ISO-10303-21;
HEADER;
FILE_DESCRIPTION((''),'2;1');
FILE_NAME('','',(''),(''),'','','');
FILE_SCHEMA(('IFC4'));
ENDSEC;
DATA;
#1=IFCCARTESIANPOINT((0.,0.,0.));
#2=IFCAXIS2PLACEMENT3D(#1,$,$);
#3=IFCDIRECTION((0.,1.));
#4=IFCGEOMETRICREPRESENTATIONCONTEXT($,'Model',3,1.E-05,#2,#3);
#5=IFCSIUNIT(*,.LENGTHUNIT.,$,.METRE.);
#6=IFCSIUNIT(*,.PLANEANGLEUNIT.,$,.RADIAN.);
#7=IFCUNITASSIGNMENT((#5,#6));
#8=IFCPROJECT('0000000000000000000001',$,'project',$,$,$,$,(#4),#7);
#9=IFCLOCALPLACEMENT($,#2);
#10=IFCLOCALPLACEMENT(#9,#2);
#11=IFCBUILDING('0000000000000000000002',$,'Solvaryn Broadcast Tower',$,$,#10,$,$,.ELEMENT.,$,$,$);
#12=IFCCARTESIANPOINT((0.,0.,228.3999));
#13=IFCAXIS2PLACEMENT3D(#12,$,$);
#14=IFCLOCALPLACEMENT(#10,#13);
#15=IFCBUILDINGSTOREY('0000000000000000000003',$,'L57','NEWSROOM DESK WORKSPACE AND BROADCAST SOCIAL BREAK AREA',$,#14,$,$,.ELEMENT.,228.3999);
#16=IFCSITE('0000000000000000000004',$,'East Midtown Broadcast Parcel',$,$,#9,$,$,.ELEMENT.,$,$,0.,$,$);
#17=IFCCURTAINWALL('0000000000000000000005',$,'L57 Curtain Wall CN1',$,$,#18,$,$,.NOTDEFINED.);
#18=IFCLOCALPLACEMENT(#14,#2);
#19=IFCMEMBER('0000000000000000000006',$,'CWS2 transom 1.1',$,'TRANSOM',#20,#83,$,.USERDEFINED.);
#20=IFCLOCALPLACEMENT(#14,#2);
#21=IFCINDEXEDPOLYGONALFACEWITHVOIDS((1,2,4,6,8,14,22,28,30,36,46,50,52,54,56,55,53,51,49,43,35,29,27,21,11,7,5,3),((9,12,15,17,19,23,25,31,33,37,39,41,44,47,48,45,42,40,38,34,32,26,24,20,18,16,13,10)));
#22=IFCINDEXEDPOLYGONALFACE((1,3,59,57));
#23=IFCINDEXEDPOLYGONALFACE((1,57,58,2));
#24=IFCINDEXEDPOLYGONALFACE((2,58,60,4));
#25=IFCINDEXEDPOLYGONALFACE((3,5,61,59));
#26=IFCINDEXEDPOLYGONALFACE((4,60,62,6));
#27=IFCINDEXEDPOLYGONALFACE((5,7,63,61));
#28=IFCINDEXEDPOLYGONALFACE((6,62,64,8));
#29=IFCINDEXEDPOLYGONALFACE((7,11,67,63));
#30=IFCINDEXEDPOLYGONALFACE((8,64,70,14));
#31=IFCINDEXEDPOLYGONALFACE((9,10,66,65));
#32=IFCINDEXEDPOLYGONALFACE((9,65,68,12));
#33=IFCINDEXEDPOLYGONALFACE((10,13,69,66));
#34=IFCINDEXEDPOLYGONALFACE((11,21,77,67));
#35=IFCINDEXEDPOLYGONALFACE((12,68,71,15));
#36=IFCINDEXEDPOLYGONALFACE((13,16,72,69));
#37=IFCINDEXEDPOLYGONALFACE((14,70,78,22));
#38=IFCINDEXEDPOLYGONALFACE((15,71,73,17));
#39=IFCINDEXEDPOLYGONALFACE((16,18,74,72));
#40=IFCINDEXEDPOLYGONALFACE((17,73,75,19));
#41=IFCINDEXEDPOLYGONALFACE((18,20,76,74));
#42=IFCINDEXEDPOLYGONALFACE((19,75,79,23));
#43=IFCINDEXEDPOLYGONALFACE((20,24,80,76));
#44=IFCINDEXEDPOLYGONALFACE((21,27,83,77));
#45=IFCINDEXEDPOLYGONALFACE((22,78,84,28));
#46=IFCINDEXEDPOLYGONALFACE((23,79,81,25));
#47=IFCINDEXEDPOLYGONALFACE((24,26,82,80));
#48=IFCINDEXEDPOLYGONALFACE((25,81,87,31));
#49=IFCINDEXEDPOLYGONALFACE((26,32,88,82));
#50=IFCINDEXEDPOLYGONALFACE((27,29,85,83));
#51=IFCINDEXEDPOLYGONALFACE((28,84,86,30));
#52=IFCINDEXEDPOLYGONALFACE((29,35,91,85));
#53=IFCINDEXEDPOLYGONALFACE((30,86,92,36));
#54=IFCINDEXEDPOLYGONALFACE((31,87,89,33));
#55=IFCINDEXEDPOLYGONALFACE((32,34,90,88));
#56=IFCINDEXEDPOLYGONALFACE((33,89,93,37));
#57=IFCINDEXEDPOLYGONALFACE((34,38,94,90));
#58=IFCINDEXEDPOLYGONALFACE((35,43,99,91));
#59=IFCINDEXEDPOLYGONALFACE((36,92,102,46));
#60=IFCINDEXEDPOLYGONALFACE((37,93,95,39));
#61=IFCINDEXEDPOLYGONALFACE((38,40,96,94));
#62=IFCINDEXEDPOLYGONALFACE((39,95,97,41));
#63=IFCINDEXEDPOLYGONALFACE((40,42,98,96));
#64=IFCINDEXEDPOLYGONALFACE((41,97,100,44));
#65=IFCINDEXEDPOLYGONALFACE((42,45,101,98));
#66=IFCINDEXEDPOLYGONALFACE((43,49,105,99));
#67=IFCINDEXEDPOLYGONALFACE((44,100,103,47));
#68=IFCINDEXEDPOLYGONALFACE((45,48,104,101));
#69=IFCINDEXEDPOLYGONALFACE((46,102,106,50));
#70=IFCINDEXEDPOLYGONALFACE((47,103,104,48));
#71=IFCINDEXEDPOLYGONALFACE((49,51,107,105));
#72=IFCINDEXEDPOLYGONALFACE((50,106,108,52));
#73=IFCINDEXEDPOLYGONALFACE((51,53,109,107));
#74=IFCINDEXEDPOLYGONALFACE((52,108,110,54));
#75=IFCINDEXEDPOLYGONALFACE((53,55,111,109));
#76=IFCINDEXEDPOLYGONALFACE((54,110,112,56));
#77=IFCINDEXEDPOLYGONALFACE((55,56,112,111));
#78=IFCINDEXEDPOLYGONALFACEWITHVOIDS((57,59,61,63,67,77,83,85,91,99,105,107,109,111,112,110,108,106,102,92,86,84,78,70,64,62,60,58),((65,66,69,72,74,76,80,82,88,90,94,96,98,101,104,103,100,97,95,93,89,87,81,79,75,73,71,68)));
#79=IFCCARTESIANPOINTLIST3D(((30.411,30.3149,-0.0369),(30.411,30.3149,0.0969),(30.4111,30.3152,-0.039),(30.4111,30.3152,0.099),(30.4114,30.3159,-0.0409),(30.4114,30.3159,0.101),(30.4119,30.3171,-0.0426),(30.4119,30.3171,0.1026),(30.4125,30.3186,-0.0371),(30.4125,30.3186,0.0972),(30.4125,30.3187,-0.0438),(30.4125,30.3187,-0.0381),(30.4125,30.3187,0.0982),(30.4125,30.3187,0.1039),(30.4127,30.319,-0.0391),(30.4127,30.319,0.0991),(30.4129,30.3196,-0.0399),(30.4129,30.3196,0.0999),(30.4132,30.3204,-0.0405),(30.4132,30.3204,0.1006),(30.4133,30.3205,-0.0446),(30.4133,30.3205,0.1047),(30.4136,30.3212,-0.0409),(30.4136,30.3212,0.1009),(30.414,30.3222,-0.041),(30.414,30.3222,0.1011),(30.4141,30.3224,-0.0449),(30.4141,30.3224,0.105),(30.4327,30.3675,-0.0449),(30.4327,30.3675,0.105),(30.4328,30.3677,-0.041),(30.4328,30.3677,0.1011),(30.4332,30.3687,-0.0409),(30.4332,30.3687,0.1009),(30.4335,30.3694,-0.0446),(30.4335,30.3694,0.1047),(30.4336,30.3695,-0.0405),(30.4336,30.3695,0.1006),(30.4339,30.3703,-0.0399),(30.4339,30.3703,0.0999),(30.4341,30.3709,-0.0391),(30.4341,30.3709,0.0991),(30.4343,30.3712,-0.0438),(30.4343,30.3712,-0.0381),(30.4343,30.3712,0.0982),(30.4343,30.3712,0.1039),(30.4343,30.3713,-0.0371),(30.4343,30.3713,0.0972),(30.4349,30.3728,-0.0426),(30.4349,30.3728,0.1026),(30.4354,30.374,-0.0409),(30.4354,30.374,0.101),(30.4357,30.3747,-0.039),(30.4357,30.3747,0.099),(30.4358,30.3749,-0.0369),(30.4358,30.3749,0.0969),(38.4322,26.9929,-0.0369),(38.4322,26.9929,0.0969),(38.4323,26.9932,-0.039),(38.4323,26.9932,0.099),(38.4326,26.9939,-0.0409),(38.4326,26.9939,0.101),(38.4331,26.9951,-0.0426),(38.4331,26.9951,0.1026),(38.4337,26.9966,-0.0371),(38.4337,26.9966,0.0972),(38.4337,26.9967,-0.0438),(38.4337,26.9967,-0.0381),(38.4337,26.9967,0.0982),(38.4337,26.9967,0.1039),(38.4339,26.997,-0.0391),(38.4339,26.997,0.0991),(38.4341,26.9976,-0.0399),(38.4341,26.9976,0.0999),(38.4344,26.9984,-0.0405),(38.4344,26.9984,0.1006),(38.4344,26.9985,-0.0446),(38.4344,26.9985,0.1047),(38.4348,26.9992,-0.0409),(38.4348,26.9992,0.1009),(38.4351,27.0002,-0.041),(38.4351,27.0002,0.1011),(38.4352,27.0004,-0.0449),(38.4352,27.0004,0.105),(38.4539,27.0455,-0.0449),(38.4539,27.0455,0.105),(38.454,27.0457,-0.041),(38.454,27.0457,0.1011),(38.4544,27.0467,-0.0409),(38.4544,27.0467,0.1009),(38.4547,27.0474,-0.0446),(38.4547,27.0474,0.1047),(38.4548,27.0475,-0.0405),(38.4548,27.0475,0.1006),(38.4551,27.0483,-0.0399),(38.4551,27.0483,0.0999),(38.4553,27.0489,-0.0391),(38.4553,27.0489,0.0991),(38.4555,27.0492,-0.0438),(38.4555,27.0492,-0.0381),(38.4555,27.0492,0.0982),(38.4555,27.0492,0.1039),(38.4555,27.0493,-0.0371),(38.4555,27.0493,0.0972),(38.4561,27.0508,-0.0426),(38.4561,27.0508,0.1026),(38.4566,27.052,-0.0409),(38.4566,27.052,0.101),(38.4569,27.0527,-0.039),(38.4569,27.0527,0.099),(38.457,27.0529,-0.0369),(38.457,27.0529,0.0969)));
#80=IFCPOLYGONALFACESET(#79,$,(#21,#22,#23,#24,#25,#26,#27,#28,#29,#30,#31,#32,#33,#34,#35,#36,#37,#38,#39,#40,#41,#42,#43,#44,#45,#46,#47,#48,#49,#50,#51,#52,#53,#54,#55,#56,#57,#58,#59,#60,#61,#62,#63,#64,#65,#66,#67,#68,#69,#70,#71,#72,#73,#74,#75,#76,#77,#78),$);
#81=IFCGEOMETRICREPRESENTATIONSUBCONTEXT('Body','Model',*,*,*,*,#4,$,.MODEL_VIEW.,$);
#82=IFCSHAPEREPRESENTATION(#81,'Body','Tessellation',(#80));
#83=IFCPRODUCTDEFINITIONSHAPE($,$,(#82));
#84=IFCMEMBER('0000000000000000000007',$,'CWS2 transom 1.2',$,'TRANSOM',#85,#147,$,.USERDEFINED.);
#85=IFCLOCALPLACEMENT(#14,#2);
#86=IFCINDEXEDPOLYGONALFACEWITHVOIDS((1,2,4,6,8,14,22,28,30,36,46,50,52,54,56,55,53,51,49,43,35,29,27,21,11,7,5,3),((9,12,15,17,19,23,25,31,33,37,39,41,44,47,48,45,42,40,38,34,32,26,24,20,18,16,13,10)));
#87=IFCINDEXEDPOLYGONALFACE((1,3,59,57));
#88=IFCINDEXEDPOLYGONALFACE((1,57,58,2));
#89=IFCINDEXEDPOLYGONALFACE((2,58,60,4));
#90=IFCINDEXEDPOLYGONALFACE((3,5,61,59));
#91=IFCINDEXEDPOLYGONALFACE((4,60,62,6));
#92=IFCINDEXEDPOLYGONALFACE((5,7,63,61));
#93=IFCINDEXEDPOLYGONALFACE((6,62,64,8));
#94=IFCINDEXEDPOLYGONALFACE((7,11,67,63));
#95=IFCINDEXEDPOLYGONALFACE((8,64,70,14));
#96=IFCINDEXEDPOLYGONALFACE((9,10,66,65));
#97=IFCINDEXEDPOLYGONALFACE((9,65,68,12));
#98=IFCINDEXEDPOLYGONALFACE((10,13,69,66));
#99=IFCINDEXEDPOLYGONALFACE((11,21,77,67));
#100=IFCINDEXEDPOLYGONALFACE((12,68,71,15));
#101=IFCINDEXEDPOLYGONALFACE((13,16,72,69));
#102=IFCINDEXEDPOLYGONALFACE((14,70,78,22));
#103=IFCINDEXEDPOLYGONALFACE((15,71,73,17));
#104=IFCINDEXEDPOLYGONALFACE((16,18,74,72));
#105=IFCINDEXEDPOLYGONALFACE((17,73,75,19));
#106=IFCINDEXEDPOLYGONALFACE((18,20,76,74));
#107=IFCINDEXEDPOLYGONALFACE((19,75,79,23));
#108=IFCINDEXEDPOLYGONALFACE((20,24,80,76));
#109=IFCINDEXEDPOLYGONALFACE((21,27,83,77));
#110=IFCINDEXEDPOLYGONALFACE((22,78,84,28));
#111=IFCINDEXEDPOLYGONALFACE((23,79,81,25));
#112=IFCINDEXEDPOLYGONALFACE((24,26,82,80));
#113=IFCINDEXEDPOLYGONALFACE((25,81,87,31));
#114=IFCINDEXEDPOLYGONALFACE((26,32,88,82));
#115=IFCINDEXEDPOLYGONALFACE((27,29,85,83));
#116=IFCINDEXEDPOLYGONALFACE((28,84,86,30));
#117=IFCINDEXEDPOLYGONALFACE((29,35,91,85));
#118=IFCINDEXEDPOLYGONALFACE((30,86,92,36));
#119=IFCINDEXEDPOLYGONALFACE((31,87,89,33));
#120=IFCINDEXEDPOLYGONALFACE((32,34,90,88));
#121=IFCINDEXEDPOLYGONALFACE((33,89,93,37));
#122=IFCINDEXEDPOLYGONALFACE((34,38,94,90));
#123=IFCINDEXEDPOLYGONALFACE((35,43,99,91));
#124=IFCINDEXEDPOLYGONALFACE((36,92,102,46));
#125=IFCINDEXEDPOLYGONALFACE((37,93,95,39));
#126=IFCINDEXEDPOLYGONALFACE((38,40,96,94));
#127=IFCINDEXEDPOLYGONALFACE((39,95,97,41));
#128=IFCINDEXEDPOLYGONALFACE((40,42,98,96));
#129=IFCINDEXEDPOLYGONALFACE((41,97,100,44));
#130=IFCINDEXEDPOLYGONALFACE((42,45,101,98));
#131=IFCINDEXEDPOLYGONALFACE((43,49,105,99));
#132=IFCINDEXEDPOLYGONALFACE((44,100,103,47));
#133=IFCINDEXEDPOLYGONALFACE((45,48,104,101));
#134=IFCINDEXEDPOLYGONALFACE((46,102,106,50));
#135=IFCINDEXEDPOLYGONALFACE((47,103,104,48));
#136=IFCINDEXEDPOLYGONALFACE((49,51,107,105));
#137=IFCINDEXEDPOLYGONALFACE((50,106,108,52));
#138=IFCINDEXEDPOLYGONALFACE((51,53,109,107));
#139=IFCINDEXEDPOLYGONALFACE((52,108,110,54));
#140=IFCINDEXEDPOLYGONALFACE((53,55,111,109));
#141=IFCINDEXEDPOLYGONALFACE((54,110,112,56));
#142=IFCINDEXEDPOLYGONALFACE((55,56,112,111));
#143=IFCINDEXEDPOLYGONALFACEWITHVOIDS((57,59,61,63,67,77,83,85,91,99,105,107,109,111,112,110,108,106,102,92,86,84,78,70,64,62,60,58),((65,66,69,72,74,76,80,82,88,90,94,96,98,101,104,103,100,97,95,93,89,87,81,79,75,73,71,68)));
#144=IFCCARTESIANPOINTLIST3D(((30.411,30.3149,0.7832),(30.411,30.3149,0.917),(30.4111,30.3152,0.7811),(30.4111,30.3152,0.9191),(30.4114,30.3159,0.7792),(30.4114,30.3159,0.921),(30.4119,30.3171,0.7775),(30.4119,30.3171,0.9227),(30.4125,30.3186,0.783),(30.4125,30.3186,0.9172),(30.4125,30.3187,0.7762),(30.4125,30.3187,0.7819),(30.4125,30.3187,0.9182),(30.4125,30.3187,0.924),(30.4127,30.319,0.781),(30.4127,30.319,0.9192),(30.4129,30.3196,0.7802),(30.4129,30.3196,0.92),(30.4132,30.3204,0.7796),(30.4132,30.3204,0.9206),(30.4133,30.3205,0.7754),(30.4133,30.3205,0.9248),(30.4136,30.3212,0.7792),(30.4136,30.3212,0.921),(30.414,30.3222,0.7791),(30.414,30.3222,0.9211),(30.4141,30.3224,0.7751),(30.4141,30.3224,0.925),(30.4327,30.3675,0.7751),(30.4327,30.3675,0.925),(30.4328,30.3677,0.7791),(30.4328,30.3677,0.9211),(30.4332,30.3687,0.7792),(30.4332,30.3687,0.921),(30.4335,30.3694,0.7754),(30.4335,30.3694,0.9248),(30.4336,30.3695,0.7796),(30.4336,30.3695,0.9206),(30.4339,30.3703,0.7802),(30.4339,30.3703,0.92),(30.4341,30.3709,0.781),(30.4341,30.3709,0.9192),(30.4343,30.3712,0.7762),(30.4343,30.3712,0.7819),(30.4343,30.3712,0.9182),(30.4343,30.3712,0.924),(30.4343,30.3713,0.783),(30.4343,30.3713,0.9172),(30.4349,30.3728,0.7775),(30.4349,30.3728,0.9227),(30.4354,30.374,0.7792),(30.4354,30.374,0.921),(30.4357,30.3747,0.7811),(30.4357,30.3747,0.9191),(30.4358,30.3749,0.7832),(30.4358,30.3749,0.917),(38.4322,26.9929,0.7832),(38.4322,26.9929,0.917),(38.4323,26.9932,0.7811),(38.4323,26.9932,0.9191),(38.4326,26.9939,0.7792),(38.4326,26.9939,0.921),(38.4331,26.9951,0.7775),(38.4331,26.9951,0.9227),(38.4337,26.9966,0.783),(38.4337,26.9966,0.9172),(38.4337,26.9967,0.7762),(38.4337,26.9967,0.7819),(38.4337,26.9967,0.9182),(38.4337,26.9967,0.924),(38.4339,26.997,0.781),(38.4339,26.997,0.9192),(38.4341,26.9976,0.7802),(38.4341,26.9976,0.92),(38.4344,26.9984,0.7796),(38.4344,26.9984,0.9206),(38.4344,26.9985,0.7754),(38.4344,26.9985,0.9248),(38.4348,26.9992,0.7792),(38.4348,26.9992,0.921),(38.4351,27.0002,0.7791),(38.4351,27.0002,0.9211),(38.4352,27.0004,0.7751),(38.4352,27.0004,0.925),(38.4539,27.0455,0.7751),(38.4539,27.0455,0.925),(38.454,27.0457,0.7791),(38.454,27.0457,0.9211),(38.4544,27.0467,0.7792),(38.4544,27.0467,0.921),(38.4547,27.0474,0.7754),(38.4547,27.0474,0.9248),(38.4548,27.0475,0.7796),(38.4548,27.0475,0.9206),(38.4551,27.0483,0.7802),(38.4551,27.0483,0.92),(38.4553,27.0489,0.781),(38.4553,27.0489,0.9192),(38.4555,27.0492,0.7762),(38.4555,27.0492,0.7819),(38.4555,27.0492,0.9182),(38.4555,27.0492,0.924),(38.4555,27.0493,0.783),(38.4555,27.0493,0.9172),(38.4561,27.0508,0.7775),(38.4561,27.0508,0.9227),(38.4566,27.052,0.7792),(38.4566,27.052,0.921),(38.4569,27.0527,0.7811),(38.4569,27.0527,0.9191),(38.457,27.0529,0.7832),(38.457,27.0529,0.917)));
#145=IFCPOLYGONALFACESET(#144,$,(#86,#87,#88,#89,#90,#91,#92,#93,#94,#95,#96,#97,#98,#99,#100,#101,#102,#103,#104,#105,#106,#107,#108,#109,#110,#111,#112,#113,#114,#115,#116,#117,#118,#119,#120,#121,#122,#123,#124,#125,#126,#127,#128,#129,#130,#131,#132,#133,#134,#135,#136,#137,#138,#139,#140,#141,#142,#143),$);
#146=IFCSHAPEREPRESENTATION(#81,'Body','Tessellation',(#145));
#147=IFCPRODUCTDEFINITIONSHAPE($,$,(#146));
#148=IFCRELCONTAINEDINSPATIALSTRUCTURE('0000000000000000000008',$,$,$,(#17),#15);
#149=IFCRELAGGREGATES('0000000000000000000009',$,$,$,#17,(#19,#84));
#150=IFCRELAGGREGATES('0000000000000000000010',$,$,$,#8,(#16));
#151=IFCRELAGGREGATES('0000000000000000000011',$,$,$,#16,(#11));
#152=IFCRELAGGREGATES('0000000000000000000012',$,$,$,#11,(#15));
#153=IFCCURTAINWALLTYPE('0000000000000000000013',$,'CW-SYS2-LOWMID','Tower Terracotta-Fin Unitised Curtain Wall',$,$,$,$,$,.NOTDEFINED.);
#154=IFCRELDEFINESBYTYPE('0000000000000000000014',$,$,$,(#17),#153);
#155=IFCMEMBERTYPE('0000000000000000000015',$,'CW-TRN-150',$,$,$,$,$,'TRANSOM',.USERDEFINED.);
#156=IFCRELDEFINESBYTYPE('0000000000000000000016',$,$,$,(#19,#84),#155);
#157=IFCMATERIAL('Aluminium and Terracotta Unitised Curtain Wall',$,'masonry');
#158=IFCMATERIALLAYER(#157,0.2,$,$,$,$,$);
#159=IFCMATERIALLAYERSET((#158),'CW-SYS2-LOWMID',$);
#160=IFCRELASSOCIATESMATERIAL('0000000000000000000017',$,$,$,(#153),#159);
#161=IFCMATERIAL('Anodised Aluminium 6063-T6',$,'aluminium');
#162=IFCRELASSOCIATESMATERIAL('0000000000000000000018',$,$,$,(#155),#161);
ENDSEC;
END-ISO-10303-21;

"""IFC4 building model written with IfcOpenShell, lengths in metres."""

from ifc_helpers import new_model, si_unit, direction, frame, origin, origin_2d, place, context, subcontext, project, spatial, hollow_rectangle, extrude, material, layer, layer_set, material_profile, profile_set, type_object, element, aggregate, save


model = new_model("IFC4")

# Units and contexts
model_context = context("Model", 3, precision=1e-05, world=origin(), true_north=direction((0.0, 1.0)))
body_context = subcontext(model_context, "Body", "Model", "MODEL_VIEW")
ifc_project = project(units=[si_unit("LENGTHUNIT", "METRE"), si_unit("PLANEANGLEUNIT", "RADIAN")], contexts=[model_context])

# Site, building, storey
site_placement = place(None, origin())
site = spatial("IfcSite", under=ifc_project, at=site_placement, Name="East Midtown Broadcast Parcel", CompositionType="ELEMENT", RefElevation=0.0)
building_placement = place(site_placement, origin())
building = spatial("IfcBuilding", under=site, at=building_placement, Name="Solvaryn Broadcast Tower", CompositionType="ELEMENT")
storey_placement = place(building_placement, frame((0.0, 0.0, 228.3999)))
storey = spatial("IfcBuildingStorey", under=building, at=storey_placement, Name="L57", Description="NEWSROOM DESK WORKSPACE AND BROADCAST SOCIAL BREAK AREA", CompositionType="ELEMENT", Elevation=228.3999)

# Curtain wall
ifc_material_1 = material(Name="Aluminium and Terracotta Unitised Curtain Wall", Category="masonry")
ifc_layer_1 = layer(ifc_material_1, 0.2)
ifc_layer_set_1 = layer_set([ifc_layer_1], Name="CW-SYS2-LOWMID")
curtain_wall_type = type_object("IfcCurtainWallType", Name="CW-SYS2-LOWMID", Description="Tower Terracotta-Fin Unitised Curtain Wall", PredefinedType="NOTDEFINED", material=ifc_layer_set_1)
curtain_wall_1_placement = place(storey_placement, origin())
curtain_wall_1 = element("IfcCurtainWall", 1, at=curtain_wall_1_placement, inside=storey, type_object=curtain_wall_type, Name="L57 Curtain Wall CN1", PredefinedType="NOTDEFINED")

# Members
ifc_material_2 = material(Name="Anodised Aluminium 6063-T6", Category="aluminium")
ifc_material_profile_1 = material_profile(ifc_material_2, hollow_rectangle(XDim=0.0649, YDim=0.1499, WallThickness=0.0039, InnerFilletRadius=0.0039, OuterFilletRadius=0.0081, at=origin_2d()))
ifc_profile_set_1 = profile_set([ifc_material_profile_1], Name="Anodised Aluminium 6063-T6")
member_type_1 = type_object("IfcMemberType", Name="CW-TRN-150", ElementType="TRANSOM", PredefinedType="USERDEFINED", material=ifc_profile_set_1)
member_1_placement = place(storey_placement, frame((38.4446, 27.0229, 0.03), z_axis=(-0.923899, 0.382636, 0.0), x_axis=(-0.382636, -0.923899, 0.0)))
member_1 = element("IfcMember", 2, at=member_1_placement, type_object=member_type_1, Name="CWS2 transom 1.1", ObjectType="TRANSOM", PredefinedType="USERDEFINED", context=body_context, shape_type="SweptSolid", body=[
    extrude(hollow_rectangle(XDim=0.0649, YDim=0.1499, WallThickness=0.0039, InnerFilletRadius=0.0039, OuterFilletRadius=0.0081, at=origin_2d()), origin(), (0.0, 0.0, 1.0), 8.6819),
])
member_2_placement = place(storey_placement, frame((38.4446, 27.0229, 0.8501), z_axis=(-0.923899, 0.382636, 0.0), x_axis=(-0.382636, -0.923899, 0.0)))
member_2 = element("IfcMember", 3, at=member_2_placement, type_object=member_type_1, Name="CWS2 transom 1.2", ObjectType="TRANSOM", PredefinedType="USERDEFINED", context=body_context, shape_type="SweptSolid", body=[
    extrude(hollow_rectangle(XDim=0.0649, YDim=0.1499, WallThickness=0.0039, InnerFilletRadius=0.0039, OuterFilletRadius=0.0081, at=origin_2d()), origin(), (0.0, 0.0, 1.0), 8.6819),
])
aggregate(curtain_wall_1, [member_1, member_2])

save(model, "model.ifc")
